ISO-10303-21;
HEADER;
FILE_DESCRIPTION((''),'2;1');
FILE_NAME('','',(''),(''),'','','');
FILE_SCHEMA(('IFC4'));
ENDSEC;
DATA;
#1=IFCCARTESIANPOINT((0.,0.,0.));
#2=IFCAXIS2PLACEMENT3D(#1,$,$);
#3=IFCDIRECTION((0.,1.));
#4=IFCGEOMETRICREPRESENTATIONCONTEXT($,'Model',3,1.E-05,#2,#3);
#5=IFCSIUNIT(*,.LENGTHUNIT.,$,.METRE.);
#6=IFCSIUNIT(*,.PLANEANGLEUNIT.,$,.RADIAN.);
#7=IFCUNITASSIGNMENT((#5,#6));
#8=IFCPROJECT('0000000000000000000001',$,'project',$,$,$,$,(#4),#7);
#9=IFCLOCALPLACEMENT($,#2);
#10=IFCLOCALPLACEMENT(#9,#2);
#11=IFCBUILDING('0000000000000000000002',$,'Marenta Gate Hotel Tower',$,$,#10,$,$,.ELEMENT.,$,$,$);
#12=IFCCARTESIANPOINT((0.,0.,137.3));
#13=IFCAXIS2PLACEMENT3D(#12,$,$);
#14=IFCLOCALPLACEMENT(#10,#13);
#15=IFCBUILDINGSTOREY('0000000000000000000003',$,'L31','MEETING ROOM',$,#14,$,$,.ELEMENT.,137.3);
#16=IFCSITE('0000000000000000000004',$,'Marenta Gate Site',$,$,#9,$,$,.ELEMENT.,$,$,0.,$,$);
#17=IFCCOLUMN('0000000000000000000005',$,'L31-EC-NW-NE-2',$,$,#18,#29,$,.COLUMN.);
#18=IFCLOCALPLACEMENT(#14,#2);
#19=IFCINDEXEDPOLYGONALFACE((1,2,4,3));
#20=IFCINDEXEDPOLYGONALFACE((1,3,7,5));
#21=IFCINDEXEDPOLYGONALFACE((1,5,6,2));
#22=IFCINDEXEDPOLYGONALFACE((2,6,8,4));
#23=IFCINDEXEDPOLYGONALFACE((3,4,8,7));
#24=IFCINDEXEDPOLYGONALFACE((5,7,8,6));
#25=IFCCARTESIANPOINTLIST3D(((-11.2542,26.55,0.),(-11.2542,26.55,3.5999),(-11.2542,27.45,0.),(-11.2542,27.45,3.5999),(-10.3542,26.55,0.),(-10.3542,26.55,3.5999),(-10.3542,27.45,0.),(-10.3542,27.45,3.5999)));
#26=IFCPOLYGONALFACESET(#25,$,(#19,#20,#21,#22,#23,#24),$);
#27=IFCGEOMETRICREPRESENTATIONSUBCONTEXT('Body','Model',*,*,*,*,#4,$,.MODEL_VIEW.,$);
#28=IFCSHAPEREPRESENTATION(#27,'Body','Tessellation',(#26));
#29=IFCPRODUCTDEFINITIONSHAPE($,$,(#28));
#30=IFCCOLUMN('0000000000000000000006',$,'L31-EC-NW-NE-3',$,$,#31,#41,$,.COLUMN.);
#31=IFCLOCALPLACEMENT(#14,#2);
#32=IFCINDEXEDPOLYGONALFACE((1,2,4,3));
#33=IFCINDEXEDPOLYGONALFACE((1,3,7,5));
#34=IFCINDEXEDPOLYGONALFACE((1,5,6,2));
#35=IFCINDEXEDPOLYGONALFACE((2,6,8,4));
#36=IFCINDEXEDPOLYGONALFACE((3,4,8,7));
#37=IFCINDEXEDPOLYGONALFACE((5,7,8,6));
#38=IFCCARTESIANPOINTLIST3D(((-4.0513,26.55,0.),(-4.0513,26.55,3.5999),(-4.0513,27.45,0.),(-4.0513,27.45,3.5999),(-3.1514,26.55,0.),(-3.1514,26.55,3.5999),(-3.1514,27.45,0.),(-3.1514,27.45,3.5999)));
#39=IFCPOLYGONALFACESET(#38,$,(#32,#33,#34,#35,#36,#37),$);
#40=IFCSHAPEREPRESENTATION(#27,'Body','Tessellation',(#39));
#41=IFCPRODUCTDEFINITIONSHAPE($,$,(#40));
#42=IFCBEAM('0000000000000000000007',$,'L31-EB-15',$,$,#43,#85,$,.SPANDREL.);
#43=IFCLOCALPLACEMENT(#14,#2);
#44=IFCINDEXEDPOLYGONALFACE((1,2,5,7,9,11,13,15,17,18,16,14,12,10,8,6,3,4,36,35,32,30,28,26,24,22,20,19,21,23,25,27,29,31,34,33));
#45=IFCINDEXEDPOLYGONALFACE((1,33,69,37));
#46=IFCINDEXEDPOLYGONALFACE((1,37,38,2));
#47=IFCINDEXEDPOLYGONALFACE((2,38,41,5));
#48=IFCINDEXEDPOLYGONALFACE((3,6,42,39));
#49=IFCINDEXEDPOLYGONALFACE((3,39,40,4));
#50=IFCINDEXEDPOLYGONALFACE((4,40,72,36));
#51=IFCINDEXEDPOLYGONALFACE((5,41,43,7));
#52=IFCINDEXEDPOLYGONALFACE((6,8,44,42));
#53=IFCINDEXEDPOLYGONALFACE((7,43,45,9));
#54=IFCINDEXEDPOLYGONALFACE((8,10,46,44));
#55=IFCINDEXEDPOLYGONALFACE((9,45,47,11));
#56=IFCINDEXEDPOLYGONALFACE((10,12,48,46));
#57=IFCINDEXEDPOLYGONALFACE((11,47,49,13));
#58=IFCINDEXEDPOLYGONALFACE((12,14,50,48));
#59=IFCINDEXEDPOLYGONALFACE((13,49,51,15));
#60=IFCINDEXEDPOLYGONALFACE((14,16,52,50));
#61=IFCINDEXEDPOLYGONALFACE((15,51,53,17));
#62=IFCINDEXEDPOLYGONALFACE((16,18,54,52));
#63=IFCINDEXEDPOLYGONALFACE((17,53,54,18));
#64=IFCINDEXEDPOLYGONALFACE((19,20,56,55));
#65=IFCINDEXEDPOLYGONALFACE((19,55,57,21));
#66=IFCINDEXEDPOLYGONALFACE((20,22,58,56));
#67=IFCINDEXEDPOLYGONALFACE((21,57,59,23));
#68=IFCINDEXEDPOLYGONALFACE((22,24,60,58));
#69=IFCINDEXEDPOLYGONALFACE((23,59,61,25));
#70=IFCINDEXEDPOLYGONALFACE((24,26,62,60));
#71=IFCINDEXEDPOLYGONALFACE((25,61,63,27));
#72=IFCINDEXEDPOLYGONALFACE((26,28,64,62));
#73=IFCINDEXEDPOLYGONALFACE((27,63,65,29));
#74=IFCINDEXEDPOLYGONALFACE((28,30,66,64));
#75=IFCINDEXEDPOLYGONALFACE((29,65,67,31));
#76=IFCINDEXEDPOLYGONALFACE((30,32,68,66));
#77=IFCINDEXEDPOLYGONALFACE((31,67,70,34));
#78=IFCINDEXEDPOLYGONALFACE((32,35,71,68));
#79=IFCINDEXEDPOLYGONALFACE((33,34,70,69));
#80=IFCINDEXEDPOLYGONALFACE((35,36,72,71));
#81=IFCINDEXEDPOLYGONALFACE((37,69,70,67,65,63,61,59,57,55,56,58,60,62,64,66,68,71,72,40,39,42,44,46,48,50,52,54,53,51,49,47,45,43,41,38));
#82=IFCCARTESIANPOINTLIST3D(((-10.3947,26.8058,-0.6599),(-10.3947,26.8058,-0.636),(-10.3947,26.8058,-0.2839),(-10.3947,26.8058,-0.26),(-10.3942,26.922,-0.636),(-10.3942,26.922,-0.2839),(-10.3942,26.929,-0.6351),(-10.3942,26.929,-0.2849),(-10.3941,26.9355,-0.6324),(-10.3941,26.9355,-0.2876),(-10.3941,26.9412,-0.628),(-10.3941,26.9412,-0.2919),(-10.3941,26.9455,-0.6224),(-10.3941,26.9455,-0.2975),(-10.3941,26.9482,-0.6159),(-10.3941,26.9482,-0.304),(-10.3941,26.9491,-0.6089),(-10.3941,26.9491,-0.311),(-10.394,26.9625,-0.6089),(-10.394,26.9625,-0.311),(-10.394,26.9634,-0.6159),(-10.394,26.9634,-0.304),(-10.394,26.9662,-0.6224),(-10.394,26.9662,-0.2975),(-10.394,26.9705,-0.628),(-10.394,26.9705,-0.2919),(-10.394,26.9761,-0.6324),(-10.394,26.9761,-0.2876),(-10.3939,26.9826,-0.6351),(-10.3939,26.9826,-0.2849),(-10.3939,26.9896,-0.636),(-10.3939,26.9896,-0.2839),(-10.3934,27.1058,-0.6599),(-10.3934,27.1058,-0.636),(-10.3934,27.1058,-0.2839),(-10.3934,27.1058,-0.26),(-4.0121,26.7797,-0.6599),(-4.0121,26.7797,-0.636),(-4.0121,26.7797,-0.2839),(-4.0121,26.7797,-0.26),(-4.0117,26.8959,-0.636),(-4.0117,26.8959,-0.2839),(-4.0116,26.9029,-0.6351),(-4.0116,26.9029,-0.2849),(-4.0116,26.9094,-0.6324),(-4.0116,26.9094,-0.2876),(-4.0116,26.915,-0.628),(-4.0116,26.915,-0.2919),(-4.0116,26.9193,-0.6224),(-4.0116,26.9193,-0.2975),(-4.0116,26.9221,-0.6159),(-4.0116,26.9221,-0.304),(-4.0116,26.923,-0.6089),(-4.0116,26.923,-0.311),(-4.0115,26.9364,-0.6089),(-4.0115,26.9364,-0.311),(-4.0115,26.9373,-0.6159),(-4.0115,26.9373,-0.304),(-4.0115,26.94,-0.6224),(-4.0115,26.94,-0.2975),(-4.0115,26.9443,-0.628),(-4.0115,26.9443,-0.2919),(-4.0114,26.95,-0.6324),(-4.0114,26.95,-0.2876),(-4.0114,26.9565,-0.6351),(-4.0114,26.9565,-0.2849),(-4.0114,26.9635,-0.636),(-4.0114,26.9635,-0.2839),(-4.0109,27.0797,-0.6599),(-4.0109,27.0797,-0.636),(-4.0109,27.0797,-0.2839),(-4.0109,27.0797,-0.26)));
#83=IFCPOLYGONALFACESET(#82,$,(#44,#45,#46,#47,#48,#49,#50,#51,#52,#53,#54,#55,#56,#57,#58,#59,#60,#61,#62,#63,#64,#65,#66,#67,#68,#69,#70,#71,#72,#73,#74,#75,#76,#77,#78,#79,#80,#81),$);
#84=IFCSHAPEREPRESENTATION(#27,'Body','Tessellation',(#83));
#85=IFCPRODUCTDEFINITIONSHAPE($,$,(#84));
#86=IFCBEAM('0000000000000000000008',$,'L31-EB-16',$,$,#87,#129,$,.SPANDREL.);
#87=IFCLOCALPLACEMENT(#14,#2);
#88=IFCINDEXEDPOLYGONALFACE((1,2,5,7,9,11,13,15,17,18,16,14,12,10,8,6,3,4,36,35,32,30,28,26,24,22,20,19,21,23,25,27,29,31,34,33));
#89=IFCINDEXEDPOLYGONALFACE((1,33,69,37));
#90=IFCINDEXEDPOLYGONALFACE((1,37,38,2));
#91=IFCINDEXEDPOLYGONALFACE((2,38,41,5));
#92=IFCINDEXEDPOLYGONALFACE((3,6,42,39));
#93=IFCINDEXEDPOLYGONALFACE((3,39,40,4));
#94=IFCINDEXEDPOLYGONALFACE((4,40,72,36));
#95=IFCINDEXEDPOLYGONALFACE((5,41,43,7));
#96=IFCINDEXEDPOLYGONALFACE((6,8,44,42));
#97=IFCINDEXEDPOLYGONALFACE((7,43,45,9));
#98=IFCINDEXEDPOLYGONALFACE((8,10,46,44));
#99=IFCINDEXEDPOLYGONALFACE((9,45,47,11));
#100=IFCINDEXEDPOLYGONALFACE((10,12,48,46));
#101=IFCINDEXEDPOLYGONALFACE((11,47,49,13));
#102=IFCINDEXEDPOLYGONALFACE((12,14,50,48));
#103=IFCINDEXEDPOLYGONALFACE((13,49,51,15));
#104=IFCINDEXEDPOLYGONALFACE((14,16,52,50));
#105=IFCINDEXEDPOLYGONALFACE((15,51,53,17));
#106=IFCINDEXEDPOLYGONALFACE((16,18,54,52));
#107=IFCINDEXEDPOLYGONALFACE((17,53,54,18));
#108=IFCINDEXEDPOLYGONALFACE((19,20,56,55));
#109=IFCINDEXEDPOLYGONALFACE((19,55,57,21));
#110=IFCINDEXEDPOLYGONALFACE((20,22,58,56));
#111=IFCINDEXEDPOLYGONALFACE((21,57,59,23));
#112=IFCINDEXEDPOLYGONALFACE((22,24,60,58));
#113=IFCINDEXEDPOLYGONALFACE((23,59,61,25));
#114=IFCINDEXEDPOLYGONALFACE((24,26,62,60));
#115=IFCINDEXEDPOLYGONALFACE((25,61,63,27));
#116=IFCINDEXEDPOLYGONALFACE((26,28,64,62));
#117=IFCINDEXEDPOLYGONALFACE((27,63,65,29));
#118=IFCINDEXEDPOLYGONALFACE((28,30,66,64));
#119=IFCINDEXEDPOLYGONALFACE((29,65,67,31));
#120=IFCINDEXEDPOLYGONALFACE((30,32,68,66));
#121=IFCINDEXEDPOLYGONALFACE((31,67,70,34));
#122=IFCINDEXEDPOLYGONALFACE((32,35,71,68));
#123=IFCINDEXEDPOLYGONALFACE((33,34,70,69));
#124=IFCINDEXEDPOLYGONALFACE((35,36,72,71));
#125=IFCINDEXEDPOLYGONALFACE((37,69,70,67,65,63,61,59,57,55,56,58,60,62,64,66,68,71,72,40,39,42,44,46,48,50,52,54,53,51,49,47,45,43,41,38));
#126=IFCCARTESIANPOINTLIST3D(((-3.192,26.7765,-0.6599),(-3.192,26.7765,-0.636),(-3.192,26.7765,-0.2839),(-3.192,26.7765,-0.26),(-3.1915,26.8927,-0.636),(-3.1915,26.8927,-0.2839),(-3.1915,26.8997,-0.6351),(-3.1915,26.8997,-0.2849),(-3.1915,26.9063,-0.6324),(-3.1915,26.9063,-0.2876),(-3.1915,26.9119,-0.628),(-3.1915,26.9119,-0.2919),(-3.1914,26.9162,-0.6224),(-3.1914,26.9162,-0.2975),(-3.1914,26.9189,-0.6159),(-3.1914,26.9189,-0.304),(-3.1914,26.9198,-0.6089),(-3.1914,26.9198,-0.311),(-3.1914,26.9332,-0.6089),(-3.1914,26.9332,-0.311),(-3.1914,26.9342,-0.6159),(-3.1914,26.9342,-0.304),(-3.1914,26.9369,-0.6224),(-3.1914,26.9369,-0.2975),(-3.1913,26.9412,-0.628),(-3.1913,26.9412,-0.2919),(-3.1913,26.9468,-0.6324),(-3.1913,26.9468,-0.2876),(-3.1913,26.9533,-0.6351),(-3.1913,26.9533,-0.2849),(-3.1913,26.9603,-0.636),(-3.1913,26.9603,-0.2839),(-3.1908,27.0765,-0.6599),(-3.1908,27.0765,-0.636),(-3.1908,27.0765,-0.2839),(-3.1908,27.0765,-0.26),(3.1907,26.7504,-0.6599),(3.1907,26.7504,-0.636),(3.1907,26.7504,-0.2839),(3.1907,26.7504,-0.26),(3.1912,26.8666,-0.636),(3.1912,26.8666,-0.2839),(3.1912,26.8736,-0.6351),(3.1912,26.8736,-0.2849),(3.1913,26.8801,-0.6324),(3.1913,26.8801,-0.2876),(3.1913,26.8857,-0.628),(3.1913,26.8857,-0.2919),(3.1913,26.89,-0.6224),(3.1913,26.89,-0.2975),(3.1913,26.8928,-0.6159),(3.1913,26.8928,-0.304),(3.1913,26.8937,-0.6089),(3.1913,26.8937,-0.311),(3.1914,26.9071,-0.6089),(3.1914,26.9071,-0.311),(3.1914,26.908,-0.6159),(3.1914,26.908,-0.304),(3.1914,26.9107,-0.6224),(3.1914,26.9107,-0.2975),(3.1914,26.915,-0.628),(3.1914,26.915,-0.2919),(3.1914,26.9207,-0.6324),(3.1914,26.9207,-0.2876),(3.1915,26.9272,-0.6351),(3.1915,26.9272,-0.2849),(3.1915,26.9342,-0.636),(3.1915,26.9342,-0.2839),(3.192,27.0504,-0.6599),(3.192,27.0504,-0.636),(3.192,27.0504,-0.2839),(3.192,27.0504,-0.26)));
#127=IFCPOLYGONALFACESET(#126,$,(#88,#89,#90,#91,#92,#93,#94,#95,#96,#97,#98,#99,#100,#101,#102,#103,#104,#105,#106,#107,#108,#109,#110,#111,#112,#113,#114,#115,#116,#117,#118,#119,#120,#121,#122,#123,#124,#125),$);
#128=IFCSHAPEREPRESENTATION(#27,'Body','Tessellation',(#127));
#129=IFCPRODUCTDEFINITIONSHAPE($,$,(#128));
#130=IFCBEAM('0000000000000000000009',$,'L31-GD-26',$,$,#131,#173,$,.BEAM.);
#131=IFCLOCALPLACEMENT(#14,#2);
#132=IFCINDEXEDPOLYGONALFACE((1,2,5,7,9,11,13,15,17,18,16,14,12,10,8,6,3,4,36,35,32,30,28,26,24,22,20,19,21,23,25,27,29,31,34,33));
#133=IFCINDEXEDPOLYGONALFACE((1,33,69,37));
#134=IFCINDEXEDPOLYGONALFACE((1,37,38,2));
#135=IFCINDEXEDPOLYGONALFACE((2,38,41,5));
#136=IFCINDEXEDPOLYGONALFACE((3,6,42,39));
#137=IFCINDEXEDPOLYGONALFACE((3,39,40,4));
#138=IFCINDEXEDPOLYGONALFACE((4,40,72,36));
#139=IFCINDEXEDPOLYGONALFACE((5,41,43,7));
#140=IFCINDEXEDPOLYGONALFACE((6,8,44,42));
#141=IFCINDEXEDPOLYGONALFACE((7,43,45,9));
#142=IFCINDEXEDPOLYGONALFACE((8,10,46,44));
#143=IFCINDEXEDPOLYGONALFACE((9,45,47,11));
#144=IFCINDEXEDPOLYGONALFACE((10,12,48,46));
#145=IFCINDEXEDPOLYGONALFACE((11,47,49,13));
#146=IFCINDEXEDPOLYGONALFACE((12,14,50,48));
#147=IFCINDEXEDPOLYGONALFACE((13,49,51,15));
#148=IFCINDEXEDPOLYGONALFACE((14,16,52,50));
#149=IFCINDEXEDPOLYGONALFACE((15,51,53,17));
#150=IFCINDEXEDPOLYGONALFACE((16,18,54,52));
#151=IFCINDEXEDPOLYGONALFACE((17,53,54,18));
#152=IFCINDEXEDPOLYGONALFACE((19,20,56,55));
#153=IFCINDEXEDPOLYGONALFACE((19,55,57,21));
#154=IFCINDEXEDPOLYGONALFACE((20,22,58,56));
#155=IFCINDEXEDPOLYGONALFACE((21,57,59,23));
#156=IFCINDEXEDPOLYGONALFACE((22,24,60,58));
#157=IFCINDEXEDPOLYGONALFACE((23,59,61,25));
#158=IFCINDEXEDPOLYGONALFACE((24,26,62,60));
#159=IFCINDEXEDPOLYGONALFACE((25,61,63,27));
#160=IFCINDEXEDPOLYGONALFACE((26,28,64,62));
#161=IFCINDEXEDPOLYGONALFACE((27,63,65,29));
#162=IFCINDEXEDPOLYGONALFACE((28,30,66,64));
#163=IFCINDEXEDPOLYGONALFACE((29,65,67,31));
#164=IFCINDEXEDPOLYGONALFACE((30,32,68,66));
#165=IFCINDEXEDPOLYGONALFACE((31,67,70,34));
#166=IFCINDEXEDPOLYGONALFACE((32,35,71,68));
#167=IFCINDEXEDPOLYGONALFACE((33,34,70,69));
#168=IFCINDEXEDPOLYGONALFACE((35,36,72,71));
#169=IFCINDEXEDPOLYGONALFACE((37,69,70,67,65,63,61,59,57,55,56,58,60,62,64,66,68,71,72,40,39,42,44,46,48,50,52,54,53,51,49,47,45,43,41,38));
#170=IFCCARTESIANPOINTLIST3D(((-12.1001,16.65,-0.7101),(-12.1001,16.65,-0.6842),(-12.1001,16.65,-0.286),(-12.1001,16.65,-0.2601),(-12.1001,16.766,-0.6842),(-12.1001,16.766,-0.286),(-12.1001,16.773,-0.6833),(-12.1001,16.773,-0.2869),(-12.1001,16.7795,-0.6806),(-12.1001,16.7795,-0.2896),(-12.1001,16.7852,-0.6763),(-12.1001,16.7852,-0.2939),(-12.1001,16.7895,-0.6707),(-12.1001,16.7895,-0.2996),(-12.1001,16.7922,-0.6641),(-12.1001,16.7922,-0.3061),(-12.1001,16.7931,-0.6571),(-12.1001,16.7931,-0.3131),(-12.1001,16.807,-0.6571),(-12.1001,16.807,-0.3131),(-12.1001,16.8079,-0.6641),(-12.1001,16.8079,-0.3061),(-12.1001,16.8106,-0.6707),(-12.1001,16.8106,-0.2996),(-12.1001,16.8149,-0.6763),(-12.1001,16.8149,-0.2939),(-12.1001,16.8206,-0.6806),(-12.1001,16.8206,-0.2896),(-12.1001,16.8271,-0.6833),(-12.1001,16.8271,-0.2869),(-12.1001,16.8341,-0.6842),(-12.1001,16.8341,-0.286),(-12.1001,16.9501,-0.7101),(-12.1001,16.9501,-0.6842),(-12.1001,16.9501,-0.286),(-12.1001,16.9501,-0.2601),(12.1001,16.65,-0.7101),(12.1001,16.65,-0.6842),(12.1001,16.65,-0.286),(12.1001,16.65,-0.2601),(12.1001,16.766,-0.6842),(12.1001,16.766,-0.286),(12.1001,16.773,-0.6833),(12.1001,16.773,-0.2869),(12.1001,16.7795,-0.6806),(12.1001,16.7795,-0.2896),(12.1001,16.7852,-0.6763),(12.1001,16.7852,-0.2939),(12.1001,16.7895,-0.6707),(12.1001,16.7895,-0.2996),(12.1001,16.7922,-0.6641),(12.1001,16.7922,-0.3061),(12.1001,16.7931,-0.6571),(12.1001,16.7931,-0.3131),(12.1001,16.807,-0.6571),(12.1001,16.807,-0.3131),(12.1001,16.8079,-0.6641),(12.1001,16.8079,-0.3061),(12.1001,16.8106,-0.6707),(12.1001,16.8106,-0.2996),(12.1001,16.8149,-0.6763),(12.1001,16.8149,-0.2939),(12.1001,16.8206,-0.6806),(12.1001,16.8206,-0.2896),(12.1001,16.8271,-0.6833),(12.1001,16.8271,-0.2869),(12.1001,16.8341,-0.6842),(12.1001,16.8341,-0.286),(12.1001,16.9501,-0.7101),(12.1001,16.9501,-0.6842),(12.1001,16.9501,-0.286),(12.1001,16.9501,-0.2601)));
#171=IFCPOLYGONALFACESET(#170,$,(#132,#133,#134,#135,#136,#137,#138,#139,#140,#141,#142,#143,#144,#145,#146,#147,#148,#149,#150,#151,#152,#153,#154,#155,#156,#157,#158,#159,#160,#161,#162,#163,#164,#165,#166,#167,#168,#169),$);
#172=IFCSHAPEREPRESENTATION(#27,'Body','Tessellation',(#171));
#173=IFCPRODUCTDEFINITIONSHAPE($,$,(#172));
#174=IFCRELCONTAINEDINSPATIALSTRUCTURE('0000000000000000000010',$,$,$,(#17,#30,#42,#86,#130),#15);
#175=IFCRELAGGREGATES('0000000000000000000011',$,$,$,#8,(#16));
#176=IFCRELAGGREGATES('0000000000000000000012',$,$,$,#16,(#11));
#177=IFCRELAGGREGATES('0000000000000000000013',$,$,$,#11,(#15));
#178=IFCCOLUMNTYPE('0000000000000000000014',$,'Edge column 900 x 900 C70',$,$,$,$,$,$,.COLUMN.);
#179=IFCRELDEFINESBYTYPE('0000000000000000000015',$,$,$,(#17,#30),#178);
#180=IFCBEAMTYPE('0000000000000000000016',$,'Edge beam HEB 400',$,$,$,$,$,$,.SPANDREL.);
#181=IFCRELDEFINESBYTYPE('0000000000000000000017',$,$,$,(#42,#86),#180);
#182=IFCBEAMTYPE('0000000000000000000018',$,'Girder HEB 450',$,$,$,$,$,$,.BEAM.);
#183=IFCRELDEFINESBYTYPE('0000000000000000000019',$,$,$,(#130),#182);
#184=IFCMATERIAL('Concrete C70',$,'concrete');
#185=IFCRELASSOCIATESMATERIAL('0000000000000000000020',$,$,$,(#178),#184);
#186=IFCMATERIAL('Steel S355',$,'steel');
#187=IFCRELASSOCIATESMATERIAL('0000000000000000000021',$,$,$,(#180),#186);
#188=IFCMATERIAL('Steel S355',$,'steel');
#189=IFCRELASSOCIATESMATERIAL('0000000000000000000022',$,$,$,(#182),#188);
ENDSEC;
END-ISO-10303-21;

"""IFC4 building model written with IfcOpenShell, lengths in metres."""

from ifc_helpers import new_model, si_unit, direction, frame, origin, origin_2d, place, context, subcontext, project, spatial, rectangle, i_section, extrude, material, material_profile, profile_set, type_object, element, save


model = new_model("IFC4")

# Units and contexts
model_context = context("Model", 3, precision=1e-05, world=origin(), true_north=direction((0.0, 1.0)))
body_context = subcontext(model_context, "Body", "Model", "MODEL_VIEW")
ifc_project = project(units=[si_unit("LENGTHUNIT", "METRE"), si_unit("PLANEANGLEUNIT", "RADIAN")], contexts=[model_context])

# Site, building, storey
site_placement = place(None, origin())
site = spatial("IfcSite", under=ifc_project, at=site_placement, Name="Marenta Gate Site", CompositionType="ELEMENT", RefElevation=0.0)
building_placement = place(site_placement, origin())
building = spatial("IfcBuilding", under=site, at=building_placement, Name="Marenta Gate Hotel Tower", CompositionType="ELEMENT")
storey_placement = place(building_placement, frame((0.0, 0.0, 137.3)))
storey = spatial("IfcBuildingStorey", under=building, at=storey_placement, Name="L31", Description="MEETING ROOM", CompositionType="ELEMENT", Elevation=137.3)

# Columns
ifc_material_1 = material(Name="Concrete C70", Category="concrete")
ifc_material_profile_1 = material_profile(ifc_material_1, rectangle(XDim=0.8999, YDim=0.8999, at=origin_2d()), Name="900 x 900")
ifc_profile_set_1 = profile_set([ifc_material_profile_1], Name="Concrete C70")
column_type = type_object("IfcColumnType", Name="Edge column 900 x 900 C70", PredefinedType="COLUMN", material=ifc_profile_set_1)
for number, where, z_axis, x_axis, name in (
    (1, (-10.8042, 27.0, 0.0), (0.0, 0.0, 1.0), (1.0, 0.0, 0.0), "L31-EC-NW-NE-2"),
    (2, (-3.6013, 27.0, 0.0), (0.0, 0.0, 1.0), (1.0, 0.0, 0.0), "L31-EC-NW-NE-3"),
):
    element("IfcColumn", number, at=place(storey_placement, frame(where, z_axis=z_axis, x_axis=x_axis)), inside=storey, type_object=column_type, Name=name, PredefinedType="COLUMN", context=body_context, shape_type="SweptSolid", body=[
        extrude(rectangle(XDim=0.8999, YDim=0.8999, at=origin_2d()), origin(), (0.0, 0.0, 1.0), 3.5999),
    ])

# Beams
ifc_material_2 = material(Name="Steel S355", Category="steel")
ifc_material_profile_2 = material_profile(ifc_material_2, i_section(OverallWidth=0.3, OverallDepth=0.3999, WebThickness=0.0134, FlangeThickness=0.0239, FilletRadius=0.0271, at=origin_2d()), Name="HEB 400")
ifc_profile_set_2 = profile_set([ifc_material_profile_2], Name="Steel S355")
beam_type_1 = type_object("IfcBeamType", Name="Edge beam HEB 400", PredefinedType="SPANDREL", material=ifc_profile_set_2)
beam_1_placement = place(storey_placement, frame((-10.394, 26.9558, -0.46), z_axis=(0.999992, -0.004093, 0.0), x_axis=(0.004093, 0.999992, 0.0)))
element("IfcBeam", 3, at=beam_1_placement, inside=storey, type_object=beam_type_1, Name="L31-EB-15", PredefinedType="SPANDREL", context=body_context, shape_type="SweptSolid", body=[
    extrude(i_section(OverallWidth=0.3, OverallDepth=0.3999, WebThickness=0.0134, FlangeThickness=0.0239, FilletRadius=0.0271, at=origin_2d()), origin(), (0.0, 0.0, 1.0), 6.3826),
])
beam_2_placement = place(storey_placement, frame((-3.1914, 26.9265, -0.46), z_axis=(0.999992, -0.004093, 0.0), x_axis=(0.004093, 0.999992, 0.0)))
element("IfcBeam", 4, at=beam_2_placement, inside=storey, type_object=beam_type_1, Name="L31-EB-16", PredefinedType="SPANDREL", context=body_context, shape_type="SweptSolid", body=[
    extrude(i_section(OverallWidth=0.3, OverallDepth=0.3999, WebThickness=0.0134, FlangeThickness=0.0239, FilletRadius=0.0271, at=origin_2d()), origin(), (0.0, 0.0, 1.0), 6.3828),
])
ifc_material_3 = material(Name="Steel S355", Category="steel")
ifc_material_profile_3 = material_profile(ifc_material_3, i_section(OverallWidth=0.3, OverallDepth=0.45, WebThickness=0.0139, FlangeThickness=0.0259, FilletRadius=0.0271, at=origin_2d()), Name="HEB 450")
ifc_profile_set_3 = profile_set([ifc_material_profile_3], Name="Steel S355")
beam_type_2 = type_object("IfcBeamType", Name="Girder HEB 450", PredefinedType="BEAM", material=ifc_profile_set_3)
beam_3_placement = place(storey_placement, frame((-12.1001, 16.8, -0.4851), z_axis=(1.0, 0.0, 0.0), x_axis=(0.0, 1.0, 0.0)))
element("IfcBeam", 5, at=beam_3_placement, inside=storey, type_object=beam_type_2, Name="L31-GD-26", PredefinedType="BEAM", context=body_context, shape_type="SweptSolid", body=[
    extrude(i_section(OverallWidth=0.3, OverallDepth=0.45, WebThickness=0.0139, FlangeThickness=0.0259, FilletRadius=0.0271, at=origin_2d()), origin(), (0.0, 0.0, 1.0), 24.2002),
])

save(model, "model.ifc")
